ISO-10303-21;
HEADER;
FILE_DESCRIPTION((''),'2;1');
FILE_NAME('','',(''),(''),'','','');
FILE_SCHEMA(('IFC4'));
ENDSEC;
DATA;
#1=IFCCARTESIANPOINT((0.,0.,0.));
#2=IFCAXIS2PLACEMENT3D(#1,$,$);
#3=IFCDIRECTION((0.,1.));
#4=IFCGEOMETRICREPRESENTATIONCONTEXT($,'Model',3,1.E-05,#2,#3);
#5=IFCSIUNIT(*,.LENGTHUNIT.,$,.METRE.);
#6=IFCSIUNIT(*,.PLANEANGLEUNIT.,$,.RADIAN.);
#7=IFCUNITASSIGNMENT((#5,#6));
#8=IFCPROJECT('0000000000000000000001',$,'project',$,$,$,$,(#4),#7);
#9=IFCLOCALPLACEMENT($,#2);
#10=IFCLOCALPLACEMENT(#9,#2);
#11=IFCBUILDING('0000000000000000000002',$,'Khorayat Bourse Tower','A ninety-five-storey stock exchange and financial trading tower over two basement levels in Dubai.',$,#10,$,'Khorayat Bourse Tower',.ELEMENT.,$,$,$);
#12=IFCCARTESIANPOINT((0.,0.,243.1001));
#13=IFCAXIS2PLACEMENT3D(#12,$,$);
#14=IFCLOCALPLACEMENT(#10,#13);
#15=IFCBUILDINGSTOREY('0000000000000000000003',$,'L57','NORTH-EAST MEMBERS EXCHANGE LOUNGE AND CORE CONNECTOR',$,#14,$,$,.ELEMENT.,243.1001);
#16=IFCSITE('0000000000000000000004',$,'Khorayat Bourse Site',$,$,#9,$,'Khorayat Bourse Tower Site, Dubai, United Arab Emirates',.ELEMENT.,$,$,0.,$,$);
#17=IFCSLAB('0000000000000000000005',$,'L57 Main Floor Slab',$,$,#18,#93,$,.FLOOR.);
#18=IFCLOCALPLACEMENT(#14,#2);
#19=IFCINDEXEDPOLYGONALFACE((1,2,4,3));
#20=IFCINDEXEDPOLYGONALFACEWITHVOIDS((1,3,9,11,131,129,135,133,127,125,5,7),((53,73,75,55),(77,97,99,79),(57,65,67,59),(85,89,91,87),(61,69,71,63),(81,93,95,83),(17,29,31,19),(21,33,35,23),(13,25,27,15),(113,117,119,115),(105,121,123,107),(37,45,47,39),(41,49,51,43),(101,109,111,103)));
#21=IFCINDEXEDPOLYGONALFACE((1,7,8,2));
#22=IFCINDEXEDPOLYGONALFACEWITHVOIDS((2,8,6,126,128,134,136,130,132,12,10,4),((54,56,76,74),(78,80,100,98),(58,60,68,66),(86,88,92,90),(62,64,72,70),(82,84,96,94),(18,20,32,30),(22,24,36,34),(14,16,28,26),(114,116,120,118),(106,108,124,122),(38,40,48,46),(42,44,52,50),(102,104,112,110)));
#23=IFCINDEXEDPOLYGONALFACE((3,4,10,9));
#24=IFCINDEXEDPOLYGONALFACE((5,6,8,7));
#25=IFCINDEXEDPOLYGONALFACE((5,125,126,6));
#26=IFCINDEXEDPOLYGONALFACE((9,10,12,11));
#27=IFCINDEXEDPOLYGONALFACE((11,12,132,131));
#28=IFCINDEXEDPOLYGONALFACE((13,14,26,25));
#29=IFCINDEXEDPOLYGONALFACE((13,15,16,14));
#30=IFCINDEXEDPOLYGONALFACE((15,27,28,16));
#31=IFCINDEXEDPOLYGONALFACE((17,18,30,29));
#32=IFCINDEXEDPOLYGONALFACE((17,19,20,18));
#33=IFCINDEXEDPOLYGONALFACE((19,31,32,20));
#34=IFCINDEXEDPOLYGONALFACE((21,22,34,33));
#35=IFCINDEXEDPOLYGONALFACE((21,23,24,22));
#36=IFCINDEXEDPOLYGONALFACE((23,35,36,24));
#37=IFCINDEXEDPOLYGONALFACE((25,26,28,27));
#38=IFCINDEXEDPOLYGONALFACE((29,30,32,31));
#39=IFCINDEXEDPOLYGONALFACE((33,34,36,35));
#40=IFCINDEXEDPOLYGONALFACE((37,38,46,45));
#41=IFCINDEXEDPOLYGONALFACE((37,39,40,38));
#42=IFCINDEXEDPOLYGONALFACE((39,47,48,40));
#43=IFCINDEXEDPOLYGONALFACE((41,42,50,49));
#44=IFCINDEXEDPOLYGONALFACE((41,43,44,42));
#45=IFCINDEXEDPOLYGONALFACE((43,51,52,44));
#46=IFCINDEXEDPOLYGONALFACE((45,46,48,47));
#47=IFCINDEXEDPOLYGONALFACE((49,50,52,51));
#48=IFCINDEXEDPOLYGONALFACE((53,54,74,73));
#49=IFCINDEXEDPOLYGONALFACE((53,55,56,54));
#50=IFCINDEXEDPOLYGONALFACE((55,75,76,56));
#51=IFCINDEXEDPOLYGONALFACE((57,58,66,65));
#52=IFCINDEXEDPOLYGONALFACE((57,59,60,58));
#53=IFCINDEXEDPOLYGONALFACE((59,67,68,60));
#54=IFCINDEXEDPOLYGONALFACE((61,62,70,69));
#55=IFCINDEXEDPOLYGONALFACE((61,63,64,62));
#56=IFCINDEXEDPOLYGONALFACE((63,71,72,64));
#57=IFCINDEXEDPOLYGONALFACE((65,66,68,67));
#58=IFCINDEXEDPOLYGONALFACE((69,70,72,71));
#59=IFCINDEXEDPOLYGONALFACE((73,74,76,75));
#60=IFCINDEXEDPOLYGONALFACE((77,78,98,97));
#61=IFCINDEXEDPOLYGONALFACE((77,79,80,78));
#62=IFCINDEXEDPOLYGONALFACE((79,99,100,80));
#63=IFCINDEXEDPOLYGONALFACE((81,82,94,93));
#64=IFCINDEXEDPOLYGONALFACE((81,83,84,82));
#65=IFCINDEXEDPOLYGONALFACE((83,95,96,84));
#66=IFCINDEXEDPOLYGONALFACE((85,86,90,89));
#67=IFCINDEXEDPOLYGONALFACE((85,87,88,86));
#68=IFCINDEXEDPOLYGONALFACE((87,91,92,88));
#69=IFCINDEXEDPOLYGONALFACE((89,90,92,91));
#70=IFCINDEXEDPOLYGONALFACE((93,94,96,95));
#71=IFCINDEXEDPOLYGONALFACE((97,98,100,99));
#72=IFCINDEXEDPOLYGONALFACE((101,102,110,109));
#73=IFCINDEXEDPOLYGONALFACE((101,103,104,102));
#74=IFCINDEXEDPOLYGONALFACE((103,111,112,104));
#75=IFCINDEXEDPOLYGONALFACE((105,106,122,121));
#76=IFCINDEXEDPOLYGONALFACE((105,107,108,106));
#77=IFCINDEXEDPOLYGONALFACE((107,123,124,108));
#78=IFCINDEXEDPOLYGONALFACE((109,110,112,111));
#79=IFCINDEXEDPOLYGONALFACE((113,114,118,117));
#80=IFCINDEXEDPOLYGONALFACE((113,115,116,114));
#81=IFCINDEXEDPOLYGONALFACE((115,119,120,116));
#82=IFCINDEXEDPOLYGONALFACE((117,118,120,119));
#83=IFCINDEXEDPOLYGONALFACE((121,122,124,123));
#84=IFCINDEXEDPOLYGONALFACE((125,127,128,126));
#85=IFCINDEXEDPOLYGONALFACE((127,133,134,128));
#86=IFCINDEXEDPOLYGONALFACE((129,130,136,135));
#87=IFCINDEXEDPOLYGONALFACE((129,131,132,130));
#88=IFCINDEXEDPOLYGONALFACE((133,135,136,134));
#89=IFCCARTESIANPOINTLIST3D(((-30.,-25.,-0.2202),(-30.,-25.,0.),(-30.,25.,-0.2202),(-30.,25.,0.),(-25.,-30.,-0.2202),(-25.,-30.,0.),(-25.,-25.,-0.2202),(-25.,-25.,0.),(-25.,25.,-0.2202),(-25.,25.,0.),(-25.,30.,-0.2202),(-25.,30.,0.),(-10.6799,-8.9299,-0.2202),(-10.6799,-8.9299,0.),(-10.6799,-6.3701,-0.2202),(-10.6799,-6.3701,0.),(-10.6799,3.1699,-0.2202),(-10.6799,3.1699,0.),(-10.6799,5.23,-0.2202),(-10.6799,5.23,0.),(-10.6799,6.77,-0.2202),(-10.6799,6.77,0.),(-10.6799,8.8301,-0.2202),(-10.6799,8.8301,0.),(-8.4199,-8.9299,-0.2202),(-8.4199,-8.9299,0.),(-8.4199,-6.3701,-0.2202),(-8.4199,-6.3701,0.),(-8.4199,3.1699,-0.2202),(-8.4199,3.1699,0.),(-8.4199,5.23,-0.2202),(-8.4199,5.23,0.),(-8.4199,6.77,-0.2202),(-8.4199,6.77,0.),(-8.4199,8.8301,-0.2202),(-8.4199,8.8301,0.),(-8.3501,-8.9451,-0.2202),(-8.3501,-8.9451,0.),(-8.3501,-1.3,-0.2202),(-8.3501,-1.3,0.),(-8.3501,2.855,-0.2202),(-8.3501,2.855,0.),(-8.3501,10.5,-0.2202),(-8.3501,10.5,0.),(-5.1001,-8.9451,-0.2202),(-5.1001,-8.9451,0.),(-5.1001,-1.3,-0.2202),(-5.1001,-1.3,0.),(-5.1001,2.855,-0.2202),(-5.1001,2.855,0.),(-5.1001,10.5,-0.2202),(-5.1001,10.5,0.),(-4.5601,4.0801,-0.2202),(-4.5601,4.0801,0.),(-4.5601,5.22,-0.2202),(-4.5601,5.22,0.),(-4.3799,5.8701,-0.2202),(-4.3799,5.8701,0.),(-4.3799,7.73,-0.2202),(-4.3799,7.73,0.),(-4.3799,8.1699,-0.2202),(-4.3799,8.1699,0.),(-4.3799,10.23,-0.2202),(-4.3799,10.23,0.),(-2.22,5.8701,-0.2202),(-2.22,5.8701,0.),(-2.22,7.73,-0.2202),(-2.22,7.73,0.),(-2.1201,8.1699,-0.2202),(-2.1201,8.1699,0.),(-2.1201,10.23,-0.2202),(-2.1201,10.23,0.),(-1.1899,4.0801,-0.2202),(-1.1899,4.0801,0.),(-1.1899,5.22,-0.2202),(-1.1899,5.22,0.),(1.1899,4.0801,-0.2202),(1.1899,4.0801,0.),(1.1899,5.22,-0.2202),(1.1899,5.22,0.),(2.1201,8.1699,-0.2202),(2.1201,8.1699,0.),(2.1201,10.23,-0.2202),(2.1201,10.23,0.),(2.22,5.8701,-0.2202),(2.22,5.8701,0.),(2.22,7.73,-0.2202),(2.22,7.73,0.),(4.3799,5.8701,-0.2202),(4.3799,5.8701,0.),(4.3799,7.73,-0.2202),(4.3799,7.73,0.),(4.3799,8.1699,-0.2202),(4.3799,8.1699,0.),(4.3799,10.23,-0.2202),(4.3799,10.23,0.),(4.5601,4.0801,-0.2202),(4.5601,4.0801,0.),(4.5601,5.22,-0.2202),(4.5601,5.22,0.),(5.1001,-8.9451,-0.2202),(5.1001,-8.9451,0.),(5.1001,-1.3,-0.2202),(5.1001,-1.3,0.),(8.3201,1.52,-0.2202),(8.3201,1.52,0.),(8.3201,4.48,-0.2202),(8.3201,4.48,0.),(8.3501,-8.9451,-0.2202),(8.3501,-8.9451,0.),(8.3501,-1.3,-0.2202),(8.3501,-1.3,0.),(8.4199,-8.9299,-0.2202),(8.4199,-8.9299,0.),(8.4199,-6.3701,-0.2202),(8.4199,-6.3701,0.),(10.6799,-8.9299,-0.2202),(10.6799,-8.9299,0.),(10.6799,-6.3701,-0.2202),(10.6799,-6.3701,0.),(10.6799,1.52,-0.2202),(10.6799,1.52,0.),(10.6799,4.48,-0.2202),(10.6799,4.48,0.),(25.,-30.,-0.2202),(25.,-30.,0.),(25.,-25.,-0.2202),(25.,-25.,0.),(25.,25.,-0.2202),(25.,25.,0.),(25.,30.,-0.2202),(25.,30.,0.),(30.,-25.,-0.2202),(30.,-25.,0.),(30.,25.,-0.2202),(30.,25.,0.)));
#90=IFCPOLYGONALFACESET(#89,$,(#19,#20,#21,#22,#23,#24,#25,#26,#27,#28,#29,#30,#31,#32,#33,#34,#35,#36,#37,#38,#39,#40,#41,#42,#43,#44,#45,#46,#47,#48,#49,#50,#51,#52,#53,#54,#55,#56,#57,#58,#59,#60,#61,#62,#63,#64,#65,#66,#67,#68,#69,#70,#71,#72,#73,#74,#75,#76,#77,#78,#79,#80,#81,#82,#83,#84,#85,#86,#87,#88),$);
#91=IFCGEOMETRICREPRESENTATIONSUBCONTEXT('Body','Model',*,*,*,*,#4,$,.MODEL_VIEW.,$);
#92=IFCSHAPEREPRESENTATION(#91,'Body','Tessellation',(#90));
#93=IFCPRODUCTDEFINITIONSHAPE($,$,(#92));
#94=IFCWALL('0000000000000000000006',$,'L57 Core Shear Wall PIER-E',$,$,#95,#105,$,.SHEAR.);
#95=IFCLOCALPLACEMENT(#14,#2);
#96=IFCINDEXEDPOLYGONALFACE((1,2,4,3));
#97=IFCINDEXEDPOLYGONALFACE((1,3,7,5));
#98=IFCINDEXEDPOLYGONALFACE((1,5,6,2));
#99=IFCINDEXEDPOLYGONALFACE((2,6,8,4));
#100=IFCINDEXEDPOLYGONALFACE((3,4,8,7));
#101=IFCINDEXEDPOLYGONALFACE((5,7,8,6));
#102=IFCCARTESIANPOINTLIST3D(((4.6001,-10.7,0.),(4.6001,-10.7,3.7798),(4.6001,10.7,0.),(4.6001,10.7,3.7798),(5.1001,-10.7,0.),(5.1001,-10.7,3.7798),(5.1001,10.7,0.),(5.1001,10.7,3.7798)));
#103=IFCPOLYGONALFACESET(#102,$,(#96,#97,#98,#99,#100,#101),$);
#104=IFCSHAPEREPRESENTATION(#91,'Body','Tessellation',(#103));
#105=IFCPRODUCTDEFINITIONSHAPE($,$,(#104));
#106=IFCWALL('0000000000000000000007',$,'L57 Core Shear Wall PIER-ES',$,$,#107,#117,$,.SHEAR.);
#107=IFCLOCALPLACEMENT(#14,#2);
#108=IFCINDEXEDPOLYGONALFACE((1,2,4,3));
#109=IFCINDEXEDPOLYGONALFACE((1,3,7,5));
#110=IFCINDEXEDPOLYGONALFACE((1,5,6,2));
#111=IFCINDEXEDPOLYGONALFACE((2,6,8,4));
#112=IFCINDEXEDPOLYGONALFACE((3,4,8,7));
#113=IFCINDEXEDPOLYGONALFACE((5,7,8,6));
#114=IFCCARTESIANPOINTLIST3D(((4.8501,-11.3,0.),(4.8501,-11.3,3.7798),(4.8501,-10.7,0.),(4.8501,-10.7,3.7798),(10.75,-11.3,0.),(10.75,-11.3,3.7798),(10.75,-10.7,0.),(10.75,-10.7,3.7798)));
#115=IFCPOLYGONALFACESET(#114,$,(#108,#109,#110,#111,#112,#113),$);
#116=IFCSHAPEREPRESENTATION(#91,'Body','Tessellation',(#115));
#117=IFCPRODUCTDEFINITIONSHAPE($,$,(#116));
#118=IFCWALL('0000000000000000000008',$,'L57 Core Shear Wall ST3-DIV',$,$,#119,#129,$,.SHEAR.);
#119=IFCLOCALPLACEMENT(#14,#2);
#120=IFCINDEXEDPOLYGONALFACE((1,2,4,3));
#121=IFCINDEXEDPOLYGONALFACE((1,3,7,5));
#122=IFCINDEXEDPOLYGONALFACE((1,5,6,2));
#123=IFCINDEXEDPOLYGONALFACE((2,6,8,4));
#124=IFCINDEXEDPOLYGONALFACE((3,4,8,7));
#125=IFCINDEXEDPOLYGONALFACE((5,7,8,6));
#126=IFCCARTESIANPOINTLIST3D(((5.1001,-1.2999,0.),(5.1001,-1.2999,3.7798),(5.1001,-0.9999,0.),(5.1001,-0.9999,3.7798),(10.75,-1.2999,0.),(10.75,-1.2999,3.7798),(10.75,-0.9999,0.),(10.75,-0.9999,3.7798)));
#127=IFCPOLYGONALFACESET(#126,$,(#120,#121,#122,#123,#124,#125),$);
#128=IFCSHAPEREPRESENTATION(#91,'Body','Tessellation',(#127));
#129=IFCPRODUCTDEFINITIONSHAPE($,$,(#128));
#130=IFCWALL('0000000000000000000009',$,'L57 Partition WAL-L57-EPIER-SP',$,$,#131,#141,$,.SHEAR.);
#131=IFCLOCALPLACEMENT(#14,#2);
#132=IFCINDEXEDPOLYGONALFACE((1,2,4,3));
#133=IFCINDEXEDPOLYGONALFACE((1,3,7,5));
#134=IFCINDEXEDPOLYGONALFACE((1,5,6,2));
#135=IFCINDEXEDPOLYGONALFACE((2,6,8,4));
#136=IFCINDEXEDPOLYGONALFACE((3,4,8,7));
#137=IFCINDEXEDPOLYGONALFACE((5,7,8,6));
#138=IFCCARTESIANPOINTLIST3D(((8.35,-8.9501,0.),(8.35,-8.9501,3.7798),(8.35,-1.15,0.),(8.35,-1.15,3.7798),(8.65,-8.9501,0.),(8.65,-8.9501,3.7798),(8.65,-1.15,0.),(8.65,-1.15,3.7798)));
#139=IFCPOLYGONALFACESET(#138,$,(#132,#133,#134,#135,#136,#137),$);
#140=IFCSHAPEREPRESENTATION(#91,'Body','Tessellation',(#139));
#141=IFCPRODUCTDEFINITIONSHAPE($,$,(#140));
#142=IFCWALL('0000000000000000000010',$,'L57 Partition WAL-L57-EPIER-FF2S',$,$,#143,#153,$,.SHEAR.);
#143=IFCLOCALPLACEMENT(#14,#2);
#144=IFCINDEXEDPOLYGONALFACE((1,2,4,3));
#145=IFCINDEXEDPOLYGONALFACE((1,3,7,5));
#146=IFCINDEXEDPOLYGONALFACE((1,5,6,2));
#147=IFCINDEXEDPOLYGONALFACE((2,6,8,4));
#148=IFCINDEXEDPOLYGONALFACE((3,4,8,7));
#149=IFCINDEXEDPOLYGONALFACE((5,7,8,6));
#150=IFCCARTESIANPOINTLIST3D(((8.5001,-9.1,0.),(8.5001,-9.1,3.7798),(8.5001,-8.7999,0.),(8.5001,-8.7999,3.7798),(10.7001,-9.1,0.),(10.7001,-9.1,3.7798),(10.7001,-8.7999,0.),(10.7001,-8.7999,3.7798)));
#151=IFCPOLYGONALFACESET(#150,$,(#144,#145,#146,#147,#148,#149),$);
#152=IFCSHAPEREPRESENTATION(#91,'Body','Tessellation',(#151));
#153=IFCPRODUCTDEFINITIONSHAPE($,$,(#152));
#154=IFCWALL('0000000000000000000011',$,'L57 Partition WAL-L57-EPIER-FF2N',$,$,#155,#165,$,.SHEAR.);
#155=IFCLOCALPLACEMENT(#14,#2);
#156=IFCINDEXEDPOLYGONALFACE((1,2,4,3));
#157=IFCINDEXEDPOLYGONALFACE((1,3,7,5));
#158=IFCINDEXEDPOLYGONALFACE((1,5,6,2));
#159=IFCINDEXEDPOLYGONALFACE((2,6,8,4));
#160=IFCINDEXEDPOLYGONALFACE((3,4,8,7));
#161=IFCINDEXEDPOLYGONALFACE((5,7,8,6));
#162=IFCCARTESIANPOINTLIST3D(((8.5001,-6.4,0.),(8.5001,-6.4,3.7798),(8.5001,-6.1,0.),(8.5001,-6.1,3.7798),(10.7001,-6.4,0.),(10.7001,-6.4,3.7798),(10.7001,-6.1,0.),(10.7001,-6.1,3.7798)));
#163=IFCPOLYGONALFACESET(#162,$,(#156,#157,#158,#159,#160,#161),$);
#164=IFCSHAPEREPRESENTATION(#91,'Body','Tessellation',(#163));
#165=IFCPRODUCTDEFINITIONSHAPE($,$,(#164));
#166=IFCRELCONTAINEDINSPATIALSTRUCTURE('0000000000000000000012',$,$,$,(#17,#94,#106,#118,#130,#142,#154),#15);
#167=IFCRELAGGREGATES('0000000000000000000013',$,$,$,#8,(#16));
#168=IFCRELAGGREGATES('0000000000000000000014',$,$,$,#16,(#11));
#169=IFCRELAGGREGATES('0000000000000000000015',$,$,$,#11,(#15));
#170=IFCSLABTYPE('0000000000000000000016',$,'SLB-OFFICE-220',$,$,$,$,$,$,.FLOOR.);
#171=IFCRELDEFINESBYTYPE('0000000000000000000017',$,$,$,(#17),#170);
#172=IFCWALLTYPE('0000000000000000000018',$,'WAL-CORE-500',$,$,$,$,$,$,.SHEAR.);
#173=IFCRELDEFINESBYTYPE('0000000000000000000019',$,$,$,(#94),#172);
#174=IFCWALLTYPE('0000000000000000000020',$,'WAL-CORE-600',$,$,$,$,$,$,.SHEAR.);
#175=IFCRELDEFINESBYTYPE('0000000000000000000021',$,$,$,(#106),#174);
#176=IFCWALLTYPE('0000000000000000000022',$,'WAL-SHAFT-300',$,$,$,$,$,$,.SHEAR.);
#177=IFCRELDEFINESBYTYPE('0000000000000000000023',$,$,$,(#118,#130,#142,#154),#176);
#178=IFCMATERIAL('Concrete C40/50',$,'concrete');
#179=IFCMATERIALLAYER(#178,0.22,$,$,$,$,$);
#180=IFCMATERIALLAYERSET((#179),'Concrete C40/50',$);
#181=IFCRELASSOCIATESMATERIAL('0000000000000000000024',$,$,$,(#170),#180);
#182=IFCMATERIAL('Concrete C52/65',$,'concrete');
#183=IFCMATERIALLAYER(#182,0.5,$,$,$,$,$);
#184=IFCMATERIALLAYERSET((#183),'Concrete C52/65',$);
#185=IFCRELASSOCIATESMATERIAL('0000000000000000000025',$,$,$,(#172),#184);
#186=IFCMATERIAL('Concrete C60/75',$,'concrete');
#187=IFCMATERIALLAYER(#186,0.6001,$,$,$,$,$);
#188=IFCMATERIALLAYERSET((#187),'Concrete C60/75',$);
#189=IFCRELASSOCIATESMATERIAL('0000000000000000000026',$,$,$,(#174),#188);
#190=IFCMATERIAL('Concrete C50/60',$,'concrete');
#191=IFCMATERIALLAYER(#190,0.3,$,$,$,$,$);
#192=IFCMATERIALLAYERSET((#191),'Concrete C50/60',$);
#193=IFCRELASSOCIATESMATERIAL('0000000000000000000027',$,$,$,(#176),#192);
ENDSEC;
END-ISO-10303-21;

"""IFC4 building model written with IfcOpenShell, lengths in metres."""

from ifc_helpers import new_model, si_unit, direction, frame, frame_2d, origin, place, context, subcontext, project, spatial, polyline, rectangle, outline, extrude, source, transform, mapped, material, layer, layer_set, type_object, element, save


model = new_model("IFC4")

# Units and contexts
model_context = context("Model", 3, precision=1e-05, world=origin(), true_north=direction((0.0, 1.0)))
body_context = subcontext(model_context, "Body", "Model", "MODEL_VIEW")
ifc_project = project(units=[si_unit("LENGTHUNIT", "METRE"), si_unit("PLANEANGLEUNIT", "RADIAN")], contexts=[model_context])

# Site, building, storey
site_placement = place(None, origin())
site = spatial("IfcSite", under=ifc_project, at=site_placement, Name="Khorayat Bourse Site", LongName="Khorayat Bourse Tower Site, Dubai, United Arab Emirates", CompositionType="ELEMENT", RefElevation=0.0)
building_placement = place(site_placement, origin())
building = spatial("IfcBuilding", under=site, at=building_placement, Name="Khorayat Bourse Tower", Description="A ninety-five-storey stock exchange and financial trading tower over two basement levels in Dubai.", LongName="Khorayat Bourse Tower", CompositionType="ELEMENT")
storey_placement = place(building_placement, frame((0.0, 0.0, 243.1001)))
storey = spatial("IfcBuildingStorey", under=building, at=storey_placement, Name="L57", Description="NORTH-EAST MEMBERS EXCHANGE LOUNGE AND CORE CONNECTOR", CompositionType="ELEMENT", Elevation=243.1001)

# Shared definitions
ifc_material_1 = material(Name="Concrete C60/75", Category="concrete")

# Slab
ifc_material_2 = material(Name="Concrete C40/50", Category="concrete")
ifc_layer_1 = layer(ifc_material_2, 0.22)
ifc_layer_set_1 = layer_set([ifc_layer_1], Name="Concrete C40/50")
slab_type = type_object("IfcSlabType", Name="SLB-OFFICE-220", PredefinedType="FLOOR", material=ifc_layer_set_1)
slab_placement = place(storey_placement, frame((0.0, 0.0, -0.2202)))
element("IfcSlab", 1, at=slab_placement, inside=storey, type_object=slab_type, Name="L57 Main Floor Slab", PredefinedType="FLOOR", context=body_context, shape_type="SweptSolid", body=[
    extrude(outline(polyline([(-25.0, -30.0), (25.0, -30.0), (25.0, -25.0), (30.0, -25.0), (30.0, 25.0), (25.0, 25.0), (25.0, 30.0), (-25.0, 30.0), (-25.0, 25.0), (-30.0, 25.0), (-30.0, -25.0), (-25.0, -25.0), (-25.0, -30.0)]), holes=[polyline([(-8.3501, -8.9451), (-5.1001, -8.9451), (-5.1001, -1.3), (-8.3501, -1.3), (-8.3501, -8.9451)]), polyline([(-8.3501, 2.855), (-5.1001, 2.855), (-5.1001, 10.5), (-8.3501, 10.5), (-8.3501, 2.855)]), polyline([(5.1001, -8.9451), (8.3501, -8.9451), (8.3501, -1.3), (5.1001, -1.3), (5.1001, -8.9451)]), polyline([(-4.3799, 8.1699), (-2.1201, 8.1699), (-2.1201, 10.23), (-4.3799, 10.23), (-4.3799, 8.1699)]), polyline([(2.1201, 8.1699), (4.3799, 8.1699), (4.3799, 10.23), (2.1201, 10.23), (2.1201, 8.1699)]), polyline([(-4.3799, 5.8701), (-2.22, 5.8701), (-2.22, 7.73), (-4.3799, 7.73), (-4.3799, 5.8701)]), polyline([(2.22, 5.8701), (4.3799, 5.8701), (4.3799, 7.73), (2.22, 7.73), (2.22, 5.8701)]), polyline([(-10.6799, 3.1699), (-8.4199, 3.1699), (-8.4199, 5.23), (-10.6799, 5.23), (-10.6799, 3.1699)]), polyline([(-10.6799, 6.77), (-8.4199, 6.77), (-8.4199, 8.8301), (-10.6799, 8.8301), (-10.6799, 6.77)]), polyline([(-10.6799, -8.9299), (-8.4199, -8.9299), (-8.4199, -6.3701), (-10.6799, -6.3701), (-10.6799, -8.9299)]), polyline([(8.4199, -8.9299), (10.6799, -8.9299), (10.6799, -6.3701), (8.4199, -6.3701), (8.4199, -8.9299)]), polyline([(8.3201, 1.52), (10.6799, 1.52), (10.6799, 4.48), (8.3201, 4.48), (8.3201, 1.52)]), polyline([(-4.5601, 4.0801), (-1.1899, 4.0801), (-1.1899, 5.22), (-4.5601, 5.22), (-4.5601, 4.0801)]), polyline([(1.1899, 4.0801), (4.5601, 4.0801), (4.5601, 5.22), (1.1899, 5.22), (1.1899, 4.0801)])]), origin(), (0.0, 0.0, 1.0), 0.2202),
])

# Walls
ifc_material_3 = material(Name="Concrete C52/65", Category="concrete")
ifc_layer_2 = layer(ifc_material_3, 0.5)
ifc_layer_set_2 = layer_set([ifc_layer_2], Name="Concrete C52/65")
wall_type_1 = type_object("IfcWallType", Name="WAL-CORE-500", PredefinedType="SHEAR", material=ifc_layer_set_2)
shared_shape_1 = source(origin(), body_context, "Body", "SweptSolid", [
    extrude(rectangle(XDim=21.3999, YDim=0.5, at=frame_2d((10.7, 0.0))), origin(), (0.0, 0.0, 1.0), 3.7798),
])
wall_1_placement = place(storey_placement, frame((4.8501, -10.7, 0.0), z_axis=(0.0, 0.0, 1.0), x_axis=(0.0, 1.0, 0.0)))
element("IfcWall", 2, at=wall_1_placement, inside=storey, type_object=wall_type_1, Name="L57 Core Shear Wall PIER-E", PredefinedType="SHEAR", context=body_context, shape_type="MappedRepresentation", body=[
    mapped(shared_shape_1, transform((0.0, 0.0, 0.0), scale=1.0)),
])
ifc_layer_3 = layer(ifc_material_1, 0.6001)
ifc_layer_set_3 = layer_set([ifc_layer_3], Name="Concrete C60/75")
wall_type_2 = type_object("IfcWallType", Name="WAL-CORE-600", PredefinedType="SHEAR", material=ifc_layer_set_3)
shared_shape_2 = source(origin(), body_context, "Body", "SweptSolid", [
    extrude(rectangle(XDim=5.8999, YDim=0.6001, at=frame_2d((2.95, 0.0))), origin(), (0.0, 0.0, 1.0), 3.7798),
])
wall_2_placement = place(storey_placement, frame((4.8501, -11.0, 0.0), z_axis=(0.0, 0.0, 1.0), x_axis=(1.0, 0.0, 0.0)))
element("IfcWall", 3, at=wall_2_placement, inside=storey, type_object=wall_type_2, Name="L57 Core Shear Wall PIER-ES", PredefinedType="SHEAR", context=body_context, shape_type="MappedRepresentation", body=[
    mapped(shared_shape_2, transform((0.0, 0.0, 0.0), scale=1.0)),
])
ifc_material_4 = material(Name="Concrete C50/60", Category="concrete")
ifc_layer_4 = layer(ifc_material_4, 0.3)
ifc_layer_set_4 = layer_set([ifc_layer_4], Name="Concrete C50/60")
wall_type_3 = type_object("IfcWallType", Name="WAL-SHAFT-300", PredefinedType="SHEAR", material=ifc_layer_set_4)
shared_shape_3 = source(origin(), body_context, "Body", "SweptSolid", [
    extrude(rectangle(XDim=5.6499, YDim=0.3, at=frame_2d((2.825, 0.0))), origin(), (0.0, 0.0, 1.0), 3.7798),
])
wall_3_placement = place(storey_placement, frame((5.1001, -1.1499, 0.0), z_axis=(0.0, 0.0, 1.0), x_axis=(1.0, 0.0, 0.0)))
element("IfcWall", 4, at=wall_3_placement, inside=storey, type_object=wall_type_3, Name="L57 Core Shear Wall ST3-DIV", PredefinedType="SHEAR", context=body_context, shape_type="MappedRepresentation", body=[
    mapped(shared_shape_3, transform((0.0, 0.0, 0.0), scale=1.0)),
])
shared_shape_4 = source(origin(), body_context, "Body", "SweptSolid", [
    extrude(rectangle(XDim=7.8, YDim=0.3, at=frame_2d((3.8999, 0.0))), origin(), (0.0, 0.0, 1.0), 3.7798),
])
wall_4_placement = place(storey_placement, frame((8.5, -8.95, 0.0), z_axis=(0.0, 0.0, 1.0), x_axis=(0.0, 1.0, 0.0)))
element("IfcWall", 5, at=wall_4_placement, inside=storey, type_object=wall_type_3, Name="L57 Partition WAL-L57-EPIER-SP", PredefinedType="SHEAR", context=body_context, shape_type="MappedRepresentation", body=[
    mapped(shared_shape_4, transform((0.0, 0.0, 0.0), scale=1.0)),
])
shared_shape_5 = source(origin(), body_context, "Body", "SweptSolid", [
    extrude(rectangle(XDim=2.2, YDim=0.3, at=frame_2d((1.1001, 0.0))), origin(), (0.0, 0.0, 1.0), 3.7798),
])
for number, where, z_axis, x_axis, name in (
    (6, (8.5, -8.95, 0.0), (0.0, 0.0, 1.0), (1.0, 0.0, 0.0), "L57 Partition WAL-L57-EPIER-FF2S"),
    (7, (8.5, -6.25, 0.0), (0.0, 0.0, 1.0), (1.0, 0.0, 0.0), "L57 Partition WAL-L57-EPIER-FF2N"),
):
    element("IfcWall", number, at=place(storey_placement, frame(where, z_axis=z_axis, x_axis=x_axis)), inside=storey, type_object=wall_type_3, Name=name, PredefinedType="SHEAR", context=body_context, shape_type="MappedRepresentation", body=[
        mapped(shared_shape_5, transform((0.0, 0.0, 0.0), scale=1.0)),
    ])

save(model, "model.ifc")
